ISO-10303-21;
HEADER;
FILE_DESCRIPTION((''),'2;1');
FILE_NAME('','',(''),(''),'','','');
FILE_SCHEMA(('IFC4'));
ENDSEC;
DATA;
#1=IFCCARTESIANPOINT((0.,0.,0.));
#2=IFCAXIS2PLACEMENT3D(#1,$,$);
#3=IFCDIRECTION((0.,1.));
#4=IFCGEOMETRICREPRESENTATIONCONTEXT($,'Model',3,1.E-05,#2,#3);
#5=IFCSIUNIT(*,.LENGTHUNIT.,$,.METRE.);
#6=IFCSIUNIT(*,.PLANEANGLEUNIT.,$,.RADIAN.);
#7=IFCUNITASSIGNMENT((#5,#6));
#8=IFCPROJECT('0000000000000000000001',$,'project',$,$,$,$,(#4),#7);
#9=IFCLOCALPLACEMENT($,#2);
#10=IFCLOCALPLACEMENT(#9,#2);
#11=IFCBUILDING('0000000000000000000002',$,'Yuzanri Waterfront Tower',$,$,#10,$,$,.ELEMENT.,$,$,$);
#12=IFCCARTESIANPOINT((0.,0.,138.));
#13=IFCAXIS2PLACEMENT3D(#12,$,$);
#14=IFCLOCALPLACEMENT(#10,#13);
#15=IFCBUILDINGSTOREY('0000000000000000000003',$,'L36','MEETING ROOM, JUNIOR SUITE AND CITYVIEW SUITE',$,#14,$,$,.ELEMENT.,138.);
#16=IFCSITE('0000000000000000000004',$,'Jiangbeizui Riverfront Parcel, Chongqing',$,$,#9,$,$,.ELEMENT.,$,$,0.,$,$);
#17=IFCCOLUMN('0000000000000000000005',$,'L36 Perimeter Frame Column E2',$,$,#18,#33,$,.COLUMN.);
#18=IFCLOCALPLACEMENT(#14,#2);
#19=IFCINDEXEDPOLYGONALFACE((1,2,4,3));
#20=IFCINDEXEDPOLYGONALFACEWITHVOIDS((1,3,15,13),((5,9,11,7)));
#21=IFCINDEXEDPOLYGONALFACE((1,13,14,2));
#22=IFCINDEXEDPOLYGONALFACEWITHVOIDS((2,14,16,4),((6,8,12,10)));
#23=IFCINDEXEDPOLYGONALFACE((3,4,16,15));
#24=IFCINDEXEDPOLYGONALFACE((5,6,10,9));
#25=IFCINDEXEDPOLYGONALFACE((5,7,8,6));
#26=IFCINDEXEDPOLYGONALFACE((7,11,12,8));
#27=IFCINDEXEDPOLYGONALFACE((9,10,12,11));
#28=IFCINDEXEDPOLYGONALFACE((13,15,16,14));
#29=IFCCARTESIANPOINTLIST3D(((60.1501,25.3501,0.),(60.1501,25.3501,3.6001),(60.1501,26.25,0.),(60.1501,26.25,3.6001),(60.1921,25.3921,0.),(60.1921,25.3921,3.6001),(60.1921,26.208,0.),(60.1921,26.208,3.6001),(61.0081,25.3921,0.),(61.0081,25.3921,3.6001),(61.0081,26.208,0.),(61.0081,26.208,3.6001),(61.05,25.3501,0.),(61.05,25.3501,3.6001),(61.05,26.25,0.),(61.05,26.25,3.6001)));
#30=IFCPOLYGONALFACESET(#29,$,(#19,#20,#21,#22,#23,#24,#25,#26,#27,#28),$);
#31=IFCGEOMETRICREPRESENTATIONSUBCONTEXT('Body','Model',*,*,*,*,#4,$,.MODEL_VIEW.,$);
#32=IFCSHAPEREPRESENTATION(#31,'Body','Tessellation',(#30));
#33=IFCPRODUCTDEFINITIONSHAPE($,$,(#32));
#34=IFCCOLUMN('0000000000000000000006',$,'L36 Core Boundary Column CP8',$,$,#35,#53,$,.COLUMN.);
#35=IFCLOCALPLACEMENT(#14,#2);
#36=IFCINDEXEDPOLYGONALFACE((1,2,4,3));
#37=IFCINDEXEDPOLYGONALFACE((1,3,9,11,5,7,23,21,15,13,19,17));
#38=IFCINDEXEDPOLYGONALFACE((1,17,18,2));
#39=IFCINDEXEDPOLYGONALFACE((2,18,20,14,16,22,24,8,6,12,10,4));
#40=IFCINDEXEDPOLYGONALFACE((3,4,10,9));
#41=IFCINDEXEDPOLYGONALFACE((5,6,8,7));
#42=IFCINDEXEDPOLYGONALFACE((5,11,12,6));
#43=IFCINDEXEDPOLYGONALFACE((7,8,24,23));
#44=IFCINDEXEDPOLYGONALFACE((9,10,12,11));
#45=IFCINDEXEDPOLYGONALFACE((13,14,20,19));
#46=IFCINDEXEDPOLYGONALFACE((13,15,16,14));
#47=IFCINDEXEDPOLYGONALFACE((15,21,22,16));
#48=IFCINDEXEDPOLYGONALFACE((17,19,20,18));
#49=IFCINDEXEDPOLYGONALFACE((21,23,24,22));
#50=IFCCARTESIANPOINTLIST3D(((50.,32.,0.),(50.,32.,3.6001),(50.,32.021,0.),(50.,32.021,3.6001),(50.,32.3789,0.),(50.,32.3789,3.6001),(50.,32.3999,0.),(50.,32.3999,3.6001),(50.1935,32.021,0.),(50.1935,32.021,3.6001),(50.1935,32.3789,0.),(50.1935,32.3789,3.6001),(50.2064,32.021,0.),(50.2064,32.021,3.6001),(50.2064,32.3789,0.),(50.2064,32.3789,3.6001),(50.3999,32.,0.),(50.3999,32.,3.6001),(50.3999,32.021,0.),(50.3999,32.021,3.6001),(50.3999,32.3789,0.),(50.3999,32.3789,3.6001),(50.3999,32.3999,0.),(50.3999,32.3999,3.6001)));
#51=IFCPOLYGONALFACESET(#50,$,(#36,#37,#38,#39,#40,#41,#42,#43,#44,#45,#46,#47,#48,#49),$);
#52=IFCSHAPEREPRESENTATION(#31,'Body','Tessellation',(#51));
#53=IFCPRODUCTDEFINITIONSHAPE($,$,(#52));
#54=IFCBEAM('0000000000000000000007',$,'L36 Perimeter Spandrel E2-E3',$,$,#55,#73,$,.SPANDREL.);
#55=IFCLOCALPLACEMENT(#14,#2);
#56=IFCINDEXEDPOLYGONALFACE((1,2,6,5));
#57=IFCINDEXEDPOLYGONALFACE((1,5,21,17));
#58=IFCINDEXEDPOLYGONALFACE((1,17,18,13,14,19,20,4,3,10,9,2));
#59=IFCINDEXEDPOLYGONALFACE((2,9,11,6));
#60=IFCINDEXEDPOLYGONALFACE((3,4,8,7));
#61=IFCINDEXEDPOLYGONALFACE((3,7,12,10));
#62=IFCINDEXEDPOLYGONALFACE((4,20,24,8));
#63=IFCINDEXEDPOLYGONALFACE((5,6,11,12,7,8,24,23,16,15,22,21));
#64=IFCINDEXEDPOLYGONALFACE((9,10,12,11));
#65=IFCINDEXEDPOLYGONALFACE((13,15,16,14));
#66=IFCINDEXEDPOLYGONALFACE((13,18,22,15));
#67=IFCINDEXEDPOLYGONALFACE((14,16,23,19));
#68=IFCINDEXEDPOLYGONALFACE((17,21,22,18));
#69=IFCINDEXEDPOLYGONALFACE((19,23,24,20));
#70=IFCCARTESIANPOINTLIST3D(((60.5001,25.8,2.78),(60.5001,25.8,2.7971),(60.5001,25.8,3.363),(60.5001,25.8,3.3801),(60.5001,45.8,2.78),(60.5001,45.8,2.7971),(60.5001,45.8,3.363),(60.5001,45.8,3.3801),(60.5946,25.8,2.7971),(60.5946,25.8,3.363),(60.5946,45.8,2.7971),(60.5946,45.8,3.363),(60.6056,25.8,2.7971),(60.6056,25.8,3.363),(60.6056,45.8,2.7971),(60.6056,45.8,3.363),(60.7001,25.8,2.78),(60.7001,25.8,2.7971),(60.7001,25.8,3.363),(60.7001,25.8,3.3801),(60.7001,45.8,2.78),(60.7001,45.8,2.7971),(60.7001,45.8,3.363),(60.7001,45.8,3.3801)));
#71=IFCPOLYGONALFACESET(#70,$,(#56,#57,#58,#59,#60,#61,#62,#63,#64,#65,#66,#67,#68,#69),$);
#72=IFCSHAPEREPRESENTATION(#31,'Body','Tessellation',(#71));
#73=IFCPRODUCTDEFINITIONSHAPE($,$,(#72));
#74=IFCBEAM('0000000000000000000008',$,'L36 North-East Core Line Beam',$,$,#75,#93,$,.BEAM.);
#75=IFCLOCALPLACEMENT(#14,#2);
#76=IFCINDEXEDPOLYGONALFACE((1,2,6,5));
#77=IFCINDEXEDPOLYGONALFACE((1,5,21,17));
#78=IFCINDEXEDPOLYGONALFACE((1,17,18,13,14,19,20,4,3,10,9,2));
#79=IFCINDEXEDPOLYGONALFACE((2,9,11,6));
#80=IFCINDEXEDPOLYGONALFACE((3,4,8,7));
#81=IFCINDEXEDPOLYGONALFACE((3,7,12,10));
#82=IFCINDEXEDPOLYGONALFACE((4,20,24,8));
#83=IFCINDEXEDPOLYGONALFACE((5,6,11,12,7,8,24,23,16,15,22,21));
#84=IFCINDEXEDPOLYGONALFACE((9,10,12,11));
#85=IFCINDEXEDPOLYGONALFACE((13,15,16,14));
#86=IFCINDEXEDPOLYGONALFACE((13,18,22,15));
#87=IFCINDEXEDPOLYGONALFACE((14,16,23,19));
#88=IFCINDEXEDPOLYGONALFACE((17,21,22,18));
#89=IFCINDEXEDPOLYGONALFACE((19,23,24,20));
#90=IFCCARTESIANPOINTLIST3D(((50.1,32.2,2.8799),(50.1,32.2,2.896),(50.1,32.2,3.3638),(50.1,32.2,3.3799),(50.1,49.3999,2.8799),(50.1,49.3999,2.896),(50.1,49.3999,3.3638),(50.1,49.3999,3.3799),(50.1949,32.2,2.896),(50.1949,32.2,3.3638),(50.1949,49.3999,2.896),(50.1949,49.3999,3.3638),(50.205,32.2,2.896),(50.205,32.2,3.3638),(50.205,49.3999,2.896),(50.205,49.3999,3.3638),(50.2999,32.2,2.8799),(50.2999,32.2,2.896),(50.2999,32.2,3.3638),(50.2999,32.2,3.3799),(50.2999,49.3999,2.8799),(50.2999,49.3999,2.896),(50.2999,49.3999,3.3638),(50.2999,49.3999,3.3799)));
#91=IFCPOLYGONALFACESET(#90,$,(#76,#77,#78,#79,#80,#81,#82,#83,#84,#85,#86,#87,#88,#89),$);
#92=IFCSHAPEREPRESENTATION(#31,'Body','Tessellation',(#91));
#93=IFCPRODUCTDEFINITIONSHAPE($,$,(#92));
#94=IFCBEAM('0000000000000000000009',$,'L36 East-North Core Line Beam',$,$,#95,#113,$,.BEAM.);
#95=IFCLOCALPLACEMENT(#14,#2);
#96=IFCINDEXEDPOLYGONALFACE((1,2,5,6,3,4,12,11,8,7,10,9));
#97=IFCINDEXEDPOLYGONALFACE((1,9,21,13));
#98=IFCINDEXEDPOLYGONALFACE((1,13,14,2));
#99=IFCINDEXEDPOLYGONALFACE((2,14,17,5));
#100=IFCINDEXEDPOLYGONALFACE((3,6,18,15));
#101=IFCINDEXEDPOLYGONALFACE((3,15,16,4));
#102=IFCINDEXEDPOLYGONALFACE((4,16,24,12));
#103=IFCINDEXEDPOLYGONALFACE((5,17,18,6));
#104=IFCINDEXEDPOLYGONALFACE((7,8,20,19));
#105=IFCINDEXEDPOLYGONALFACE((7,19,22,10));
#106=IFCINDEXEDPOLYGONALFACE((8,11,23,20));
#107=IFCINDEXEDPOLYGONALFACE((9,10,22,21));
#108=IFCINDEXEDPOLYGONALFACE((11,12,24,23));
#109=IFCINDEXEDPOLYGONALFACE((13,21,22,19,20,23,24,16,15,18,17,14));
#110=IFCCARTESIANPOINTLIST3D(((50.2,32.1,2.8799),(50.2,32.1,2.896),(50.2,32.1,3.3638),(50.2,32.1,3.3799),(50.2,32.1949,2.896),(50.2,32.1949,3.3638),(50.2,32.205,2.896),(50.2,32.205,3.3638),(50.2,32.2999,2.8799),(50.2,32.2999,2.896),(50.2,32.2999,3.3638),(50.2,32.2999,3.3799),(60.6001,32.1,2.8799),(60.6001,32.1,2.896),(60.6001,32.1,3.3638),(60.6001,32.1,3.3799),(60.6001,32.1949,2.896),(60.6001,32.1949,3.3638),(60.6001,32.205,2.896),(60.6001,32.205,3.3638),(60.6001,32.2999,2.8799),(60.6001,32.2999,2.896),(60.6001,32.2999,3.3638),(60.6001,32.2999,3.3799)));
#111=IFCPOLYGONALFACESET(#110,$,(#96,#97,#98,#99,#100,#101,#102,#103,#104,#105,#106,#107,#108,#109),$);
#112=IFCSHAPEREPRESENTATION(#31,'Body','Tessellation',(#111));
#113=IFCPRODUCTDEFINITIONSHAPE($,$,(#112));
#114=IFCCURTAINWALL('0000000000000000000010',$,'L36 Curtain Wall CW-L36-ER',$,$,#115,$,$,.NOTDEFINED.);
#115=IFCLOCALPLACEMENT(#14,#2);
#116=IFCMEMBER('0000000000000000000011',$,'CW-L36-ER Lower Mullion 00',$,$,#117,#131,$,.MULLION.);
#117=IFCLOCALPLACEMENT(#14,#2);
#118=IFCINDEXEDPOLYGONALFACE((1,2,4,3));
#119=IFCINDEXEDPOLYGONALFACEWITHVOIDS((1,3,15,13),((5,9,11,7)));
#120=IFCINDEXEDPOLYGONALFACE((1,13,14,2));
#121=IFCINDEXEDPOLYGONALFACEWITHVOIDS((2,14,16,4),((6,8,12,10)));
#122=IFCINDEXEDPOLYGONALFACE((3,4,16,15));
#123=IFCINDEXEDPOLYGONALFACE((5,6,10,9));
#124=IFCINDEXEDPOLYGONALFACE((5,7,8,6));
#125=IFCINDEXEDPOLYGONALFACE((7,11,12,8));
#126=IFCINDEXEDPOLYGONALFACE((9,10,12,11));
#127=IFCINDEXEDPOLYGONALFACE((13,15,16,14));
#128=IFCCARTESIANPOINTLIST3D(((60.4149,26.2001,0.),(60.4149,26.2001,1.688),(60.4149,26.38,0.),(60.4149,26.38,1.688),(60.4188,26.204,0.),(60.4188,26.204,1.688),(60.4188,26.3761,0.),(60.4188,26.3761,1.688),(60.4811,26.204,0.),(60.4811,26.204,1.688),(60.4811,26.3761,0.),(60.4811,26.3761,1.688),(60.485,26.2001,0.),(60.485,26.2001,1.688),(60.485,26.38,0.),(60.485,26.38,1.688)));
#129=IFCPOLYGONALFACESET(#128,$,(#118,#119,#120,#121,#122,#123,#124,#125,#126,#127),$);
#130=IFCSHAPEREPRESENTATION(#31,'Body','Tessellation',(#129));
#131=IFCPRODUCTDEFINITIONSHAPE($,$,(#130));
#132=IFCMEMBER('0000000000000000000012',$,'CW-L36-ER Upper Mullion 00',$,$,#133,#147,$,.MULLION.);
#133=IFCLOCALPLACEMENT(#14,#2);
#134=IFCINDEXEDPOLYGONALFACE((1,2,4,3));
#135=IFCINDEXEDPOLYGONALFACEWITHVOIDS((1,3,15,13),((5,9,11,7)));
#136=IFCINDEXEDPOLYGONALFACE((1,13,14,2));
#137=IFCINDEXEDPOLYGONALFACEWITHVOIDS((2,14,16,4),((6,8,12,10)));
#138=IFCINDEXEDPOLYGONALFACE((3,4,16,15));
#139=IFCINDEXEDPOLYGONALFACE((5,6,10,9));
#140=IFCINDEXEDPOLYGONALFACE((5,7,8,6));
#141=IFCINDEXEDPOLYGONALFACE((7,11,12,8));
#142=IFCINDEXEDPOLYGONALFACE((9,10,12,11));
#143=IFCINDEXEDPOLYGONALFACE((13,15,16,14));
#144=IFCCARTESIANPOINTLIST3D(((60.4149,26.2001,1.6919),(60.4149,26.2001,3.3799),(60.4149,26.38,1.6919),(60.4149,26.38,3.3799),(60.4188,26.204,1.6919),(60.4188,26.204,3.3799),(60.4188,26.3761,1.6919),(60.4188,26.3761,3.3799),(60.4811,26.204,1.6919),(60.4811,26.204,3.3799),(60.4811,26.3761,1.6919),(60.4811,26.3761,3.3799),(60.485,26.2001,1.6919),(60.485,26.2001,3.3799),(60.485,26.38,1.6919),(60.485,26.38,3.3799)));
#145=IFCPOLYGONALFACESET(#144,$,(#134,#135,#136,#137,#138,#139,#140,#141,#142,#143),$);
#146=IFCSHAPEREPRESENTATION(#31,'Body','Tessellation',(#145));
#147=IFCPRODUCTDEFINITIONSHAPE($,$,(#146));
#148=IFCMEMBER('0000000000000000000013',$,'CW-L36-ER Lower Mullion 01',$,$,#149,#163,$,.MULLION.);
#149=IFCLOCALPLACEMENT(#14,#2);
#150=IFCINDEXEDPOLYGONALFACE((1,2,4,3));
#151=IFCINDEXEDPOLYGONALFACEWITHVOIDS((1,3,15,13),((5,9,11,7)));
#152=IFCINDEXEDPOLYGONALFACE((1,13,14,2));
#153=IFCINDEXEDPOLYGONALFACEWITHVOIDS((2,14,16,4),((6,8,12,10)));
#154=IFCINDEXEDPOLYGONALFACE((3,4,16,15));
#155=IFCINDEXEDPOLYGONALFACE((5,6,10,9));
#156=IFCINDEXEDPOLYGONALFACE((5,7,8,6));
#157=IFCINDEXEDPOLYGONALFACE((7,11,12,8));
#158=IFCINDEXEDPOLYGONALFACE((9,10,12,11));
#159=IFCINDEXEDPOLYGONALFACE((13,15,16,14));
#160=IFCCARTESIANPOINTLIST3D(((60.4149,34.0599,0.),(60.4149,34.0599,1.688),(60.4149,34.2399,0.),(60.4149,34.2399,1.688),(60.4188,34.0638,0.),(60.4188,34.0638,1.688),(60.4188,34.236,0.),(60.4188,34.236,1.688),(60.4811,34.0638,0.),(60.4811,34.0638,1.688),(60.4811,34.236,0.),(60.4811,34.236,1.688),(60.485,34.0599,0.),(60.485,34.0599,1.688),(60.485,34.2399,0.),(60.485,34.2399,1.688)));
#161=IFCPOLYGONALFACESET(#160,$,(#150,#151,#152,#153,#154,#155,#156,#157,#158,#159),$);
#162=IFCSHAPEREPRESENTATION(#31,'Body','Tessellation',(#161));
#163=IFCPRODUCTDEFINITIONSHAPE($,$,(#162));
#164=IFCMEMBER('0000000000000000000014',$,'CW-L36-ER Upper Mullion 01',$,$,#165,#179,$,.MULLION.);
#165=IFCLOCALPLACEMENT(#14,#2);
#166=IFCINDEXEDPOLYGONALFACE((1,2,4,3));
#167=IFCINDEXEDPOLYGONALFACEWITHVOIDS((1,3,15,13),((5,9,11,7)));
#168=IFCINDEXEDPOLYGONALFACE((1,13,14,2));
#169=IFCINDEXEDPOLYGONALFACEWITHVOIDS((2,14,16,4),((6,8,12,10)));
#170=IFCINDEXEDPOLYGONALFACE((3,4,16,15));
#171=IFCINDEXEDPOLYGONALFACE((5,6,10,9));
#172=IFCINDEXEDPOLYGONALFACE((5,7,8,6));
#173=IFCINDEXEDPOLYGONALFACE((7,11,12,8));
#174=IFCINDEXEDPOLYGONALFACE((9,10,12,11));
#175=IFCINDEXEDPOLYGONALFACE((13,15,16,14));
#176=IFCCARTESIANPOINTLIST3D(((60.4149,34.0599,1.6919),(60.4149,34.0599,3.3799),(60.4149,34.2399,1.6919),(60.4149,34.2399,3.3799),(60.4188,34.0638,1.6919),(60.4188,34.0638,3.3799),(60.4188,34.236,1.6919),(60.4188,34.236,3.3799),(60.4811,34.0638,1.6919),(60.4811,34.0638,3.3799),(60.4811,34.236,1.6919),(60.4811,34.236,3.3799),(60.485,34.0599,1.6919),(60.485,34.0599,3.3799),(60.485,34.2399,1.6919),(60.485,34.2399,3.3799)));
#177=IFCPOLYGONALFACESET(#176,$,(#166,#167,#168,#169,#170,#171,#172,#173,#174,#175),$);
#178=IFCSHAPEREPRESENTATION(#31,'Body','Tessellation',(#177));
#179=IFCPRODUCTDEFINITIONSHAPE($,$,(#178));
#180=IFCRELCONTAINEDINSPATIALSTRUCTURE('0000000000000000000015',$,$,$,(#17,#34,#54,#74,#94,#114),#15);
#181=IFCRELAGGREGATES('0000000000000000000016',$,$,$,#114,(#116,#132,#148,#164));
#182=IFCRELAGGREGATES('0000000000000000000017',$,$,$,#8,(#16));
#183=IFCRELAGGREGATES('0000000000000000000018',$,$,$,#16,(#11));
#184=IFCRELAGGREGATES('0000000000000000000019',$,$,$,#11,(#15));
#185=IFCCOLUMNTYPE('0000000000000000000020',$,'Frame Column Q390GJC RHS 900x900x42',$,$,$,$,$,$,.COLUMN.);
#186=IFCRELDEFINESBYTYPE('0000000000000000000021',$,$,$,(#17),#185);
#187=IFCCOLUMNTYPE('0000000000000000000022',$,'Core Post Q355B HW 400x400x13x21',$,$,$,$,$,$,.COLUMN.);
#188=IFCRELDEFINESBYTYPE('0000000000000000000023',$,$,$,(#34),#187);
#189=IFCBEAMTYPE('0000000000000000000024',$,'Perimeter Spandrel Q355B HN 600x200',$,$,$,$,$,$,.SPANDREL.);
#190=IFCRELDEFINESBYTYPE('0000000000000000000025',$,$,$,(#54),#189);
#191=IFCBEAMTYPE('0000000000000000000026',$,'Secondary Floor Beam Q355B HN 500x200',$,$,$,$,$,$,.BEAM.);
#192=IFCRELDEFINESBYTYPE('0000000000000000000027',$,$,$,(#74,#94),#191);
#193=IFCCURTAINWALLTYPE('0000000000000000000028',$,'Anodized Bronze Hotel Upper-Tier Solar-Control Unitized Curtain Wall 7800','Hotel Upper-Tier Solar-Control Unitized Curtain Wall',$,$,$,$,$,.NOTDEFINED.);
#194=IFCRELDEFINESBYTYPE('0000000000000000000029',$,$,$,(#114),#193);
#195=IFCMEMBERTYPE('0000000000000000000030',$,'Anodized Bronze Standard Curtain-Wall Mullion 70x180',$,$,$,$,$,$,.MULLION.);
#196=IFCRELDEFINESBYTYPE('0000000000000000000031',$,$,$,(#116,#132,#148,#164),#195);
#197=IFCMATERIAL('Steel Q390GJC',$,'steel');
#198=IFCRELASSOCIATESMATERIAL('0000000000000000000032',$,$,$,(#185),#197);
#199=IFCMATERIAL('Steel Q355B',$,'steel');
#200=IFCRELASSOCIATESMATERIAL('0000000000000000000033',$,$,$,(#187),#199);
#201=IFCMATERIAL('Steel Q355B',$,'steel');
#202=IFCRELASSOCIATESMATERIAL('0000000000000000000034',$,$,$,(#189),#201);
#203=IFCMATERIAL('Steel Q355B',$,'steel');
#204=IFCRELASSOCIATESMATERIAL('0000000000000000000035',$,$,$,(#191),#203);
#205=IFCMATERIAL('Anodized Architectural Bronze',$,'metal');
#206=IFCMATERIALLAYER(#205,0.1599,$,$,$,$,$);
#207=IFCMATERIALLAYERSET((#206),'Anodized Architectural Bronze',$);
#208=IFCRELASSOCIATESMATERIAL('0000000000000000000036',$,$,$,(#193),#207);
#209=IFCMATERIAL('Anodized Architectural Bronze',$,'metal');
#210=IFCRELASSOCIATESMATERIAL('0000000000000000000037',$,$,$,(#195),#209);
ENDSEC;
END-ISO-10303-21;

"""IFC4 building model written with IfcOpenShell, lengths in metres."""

from ifc_helpers import new_model, si_unit, direction, frame, origin, origin_2d, place, context, subcontext, project, spatial, hollow_rectangle, i_section, extrude, source, transform, mapped, material, layer, layer_set, material_profile, profile_set, type_object, element, aggregate, save


model = new_model("IFC4")

# Units and contexts
model_context = context("Model", 3, precision=1e-05, world=origin(), true_north=direction((0.0, 1.0)))
body_context = subcontext(model_context, "Body", "Model", "MODEL_VIEW")
ifc_project = project(units=[si_unit("LENGTHUNIT", "METRE"), si_unit("PLANEANGLEUNIT", "RADIAN")], contexts=[model_context])

# Site, building, storey
site_placement = place(None, origin())
site = spatial("IfcSite", under=ifc_project, at=site_placement, Name="Jiangbeizui Riverfront Parcel, Chongqing", CompositionType="ELEMENT", RefElevation=0.0)
building_placement = place(site_placement, origin())
building = spatial("IfcBuilding", under=site, at=building_placement, Name="Yuzanri Waterfront Tower", CompositionType="ELEMENT")
storey_placement = place(building_placement, frame((0.0, 0.0, 138.0)))
storey = spatial("IfcBuildingStorey", under=building, at=storey_placement, Name="L36", Description="MEETING ROOM, JUNIOR SUITE AND CITYVIEW SUITE", CompositionType="ELEMENT", Elevation=138.0)

# Columns
ifc_material_1 = material(Name="Steel Q390GJC", Category="steel")
ifc_material_profile_1 = material_profile(ifc_material_1, hollow_rectangle(XDim=0.8999, YDim=0.8999, WallThickness=0.042, at=origin_2d()), Name="RHS 900x900x42")
ifc_profile_set_1 = profile_set([ifc_material_profile_1], Name="Steel Q390GJC")
column_type_1 = type_object("IfcColumnType", Name="Frame Column Q390GJC RHS 900x900x42", PredefinedType="COLUMN", material=ifc_profile_set_1)
shared_shape_1 = source(origin(), body_context, "Body", "SweptSolid", [
    extrude(hollow_rectangle(XDim=0.8999, YDim=0.8999, WallThickness=0.042, at=origin_2d()), origin(), (0.0, 0.0, 1.0), 3.6001),
])
column_1_placement = place(storey_placement, frame((60.6001, 25.8, 0.0), z_axis=(0.0, 0.0, 1.0), x_axis=(1.0, 0.0, 0.0)))
element("IfcColumn", 1, at=column_1_placement, inside=storey, type_object=column_type_1, Name="L36 Perimeter Frame Column E2", PredefinedType="COLUMN", context=body_context, shape_type="MappedRepresentation", body=[
    mapped(shared_shape_1, transform((0.0, 0.0, 0.0), scale=1.0)),
])
ifc_material_2 = material(Name="Steel Q355B", Category="steel")
ifc_material_profile_2 = material_profile(ifc_material_2, i_section(OverallWidth=0.3999, OverallDepth=0.3999, WebThickness=0.0129, FlangeThickness=0.021, at=origin_2d()), Name="HW 400x400x13x21")
ifc_profile_set_2 = profile_set([ifc_material_profile_2], Name="Steel Q355B")
column_type_2 = type_object("IfcColumnType", Name="Core Post Q355B HW 400x400x13x21", PredefinedType="COLUMN", material=ifc_profile_set_2)
shared_shape_2 = source(origin(), body_context, "Body", "SweptSolid", [
    extrude(i_section(OverallWidth=0.3999, OverallDepth=0.3999, WebThickness=0.0129, FlangeThickness=0.021, at=origin_2d()), origin(), (0.0, 0.0, 1.0), 3.6001),
])
column_2_placement = place(storey_placement, frame((50.2, 32.2, 0.0), z_axis=(0.0, 0.0, 1.0), x_axis=(1.0, 0.0, 0.0)))
element("IfcColumn", 2, at=column_2_placement, inside=storey, type_object=column_type_2, Name="L36 Core Boundary Column CP8", PredefinedType="COLUMN", context=body_context, shape_type="MappedRepresentation", body=[
    mapped(shared_shape_2, transform((0.0, 0.0, 0.0), scale=1.0)),
])

# Beams
ifc_material_3 = material(Name="Steel Q355B", Category="steel")
ifc_material_profile_3 = material_profile(ifc_material_3, i_section(OverallWidth=0.2, OverallDepth=0.6001, WebThickness=0.011, FlangeThickness=0.0171, at=origin_2d()), Name="HN 600x200x11x17")
ifc_profile_set_3 = profile_set([ifc_material_profile_3], Name="Steel Q355B")
beam_type_1 = type_object("IfcBeamType", Name="Perimeter Spandrel Q355B HN 600x200", PredefinedType="SPANDREL", material=ifc_profile_set_3)
shared_shape_3 = source(origin(), body_context, "Body", "SweptSolid", [
    extrude(i_section(OverallWidth=0.2, OverallDepth=0.6001, WebThickness=0.011, FlangeThickness=0.0171, at=origin_2d()), origin(), (0.0, 0.0, 1.0), 20.0),
])
beam_1_placement = place(storey_placement, frame((60.6001, 25.8, 3.0801), z_axis=(0.0, 1.0, 0.0), x_axis=(-1.0, 0.0, 0.0)))
element("IfcBeam", 3, at=beam_1_placement, inside=storey, type_object=beam_type_1, Name="L36 Perimeter Spandrel E2-E3", PredefinedType="SPANDREL", context=body_context, shape_type="MappedRepresentation", body=[
    mapped(shared_shape_3, transform((0.0, 0.0, 0.0), scale=1.0)),
])
ifc_material_4 = material(Name="Steel Q355B", Category="steel")
ifc_material_profile_4 = material_profile(ifc_material_4, i_section(OverallWidth=0.2, OverallDepth=0.5, WebThickness=0.01, FlangeThickness=0.0161, at=origin_2d()), Name="HN 500x200x10x16")
ifc_profile_set_4 = profile_set([ifc_material_profile_4], Name="Steel Q355B")
beam_type_2 = type_object("IfcBeamType", Name="Secondary Floor Beam Q355B HN 500x200", PredefinedType="BEAM", material=ifc_profile_set_4)
shared_shape_4 = source(origin(), body_context, "Body", "SweptSolid", [
    extrude(i_section(OverallWidth=0.2, OverallDepth=0.5, WebThickness=0.01, FlangeThickness=0.0161, at=origin_2d()), origin(), (0.0, 0.0, 1.0), 17.2),
])
beam_2_placement = place(storey_placement, frame((50.2, 32.2, 3.1299), z_axis=(0.0, 1.0, 0.0), x_axis=(-1.0, 0.0, 0.0)))
element("IfcBeam", 4, at=beam_2_placement, inside=storey, type_object=beam_type_2, Name="L36 North-East Core Line Beam", PredefinedType="BEAM", context=body_context, shape_type="MappedRepresentation", body=[
    mapped(shared_shape_4, transform((0.0, 0.0, 0.0), scale=1.0)),
])
shared_shape_5 = source(origin(), body_context, "Body", "SweptSolid", [
    extrude(i_section(OverallWidth=0.2, OverallDepth=0.5, WebThickness=0.01, FlangeThickness=0.0161, at=origin_2d()), origin(), (0.0, 0.0, 1.0), 10.4001),
])
beam_3_placement = place(storey_placement, frame((50.2, 32.2, 3.1299), z_axis=(1.0, 0.0, 0.0), x_axis=(0.0, 1.0, 0.0)))
element("IfcBeam", 5, at=beam_3_placement, inside=storey, type_object=beam_type_2, Name="L36 East-North Core Line Beam", PredefinedType="BEAM", context=body_context, shape_type="MappedRepresentation", body=[
    mapped(shared_shape_5, transform((0.0, 0.0, 0.0), scale=1.0)),
])

# Curtain wall, members
ifc_material_5 = material(Name="Anodized Architectural Bronze", Category="metal")
ifc_layer_1 = layer(ifc_material_5, 0.1599)
ifc_layer_set_1 = layer_set([ifc_layer_1], Name="Anodized Architectural Bronze")
curtain_wall_type = type_object("IfcCurtainWallType", Name="Anodized Bronze Hotel Upper-Tier Solar-Control Unitized Curtain Wall 7800", Description="Hotel Upper-Tier Solar-Control Unitized Curtain Wall", PredefinedType="NOTDEFINED", material=ifc_layer_set_1)
curtain_wall_placement = place(storey_placement, origin())
curtain_wall = element("IfcCurtainWall", 6, at=curtain_wall_placement, inside=storey, type_object=curtain_wall_type, Name="L36 Curtain Wall CW-L36-ER", PredefinedType="NOTDEFINED")
ifc_material_6 = material(Name="Anodized Architectural Bronze", Category="metal")
ifc_material_profile_5 = material_profile(ifc_material_6, hollow_rectangle(XDim=0.0701, YDim=0.1799, WallThickness=0.0039, at=origin_2d()), Name="CWM 70x180")
ifc_profile_set_5 = profile_set([ifc_material_profile_5], Name="Anodized Architectural Bronze")
member_type_1 = type_object("IfcMemberType", Name="Anodized Bronze Standard Curtain-Wall Mullion 70x180", PredefinedType="MULLION", material=ifc_profile_set_5)
shared_shape_6 = source(origin(), body_context, "Body", "SweptSolid", [
    extrude(hollow_rectangle(XDim=0.0701, YDim=0.1799, WallThickness=0.0039, at=origin_2d()), origin(), (0.0, 0.0, 1.0), 1.688),
])
member_1_placement = place(storey_placement, frame((60.45, 26.29, 0.0), z_axis=(0.0, 0.0, 1.0), x_axis=(1.0, 0.0, 0.0)))
member_1 = element("IfcMember", 7, at=member_1_placement, type_object=member_type_1, Name="CW-L36-ER Lower Mullion 00", PredefinedType="MULLION", context=body_context, shape_type="MappedRepresentation", body=[
    mapped(shared_shape_6, transform((0.0, 0.0, 0.0), scale=1.0)),
])
member_2_placement = place(storey_placement, frame((60.45, 26.29, 1.6919), z_axis=(0.0, 0.0, 1.0), x_axis=(1.0, 0.0, 0.0)))
member_2 = element("IfcMember", 8, at=member_2_placement, type_object=member_type_1, Name="CW-L36-ER Upper Mullion 00", PredefinedType="MULLION", context=body_context, shape_type="MappedRepresentation", body=[
    mapped(shared_shape_6, transform((0.0, 0.0, 0.0), scale=1.0)),
])
member_3_placement = place(storey_placement, frame((60.45, 34.1499, 0.0), z_axis=(0.0, 0.0, 1.0), x_axis=(1.0, 0.0, 0.0)))
member_3 = element("IfcMember", 9, at=member_3_placement, type_object=member_type_1, Name="CW-L36-ER Lower Mullion 01", PredefinedType="MULLION", context=body_context, shape_type="MappedRepresentation", body=[
    mapped(shared_shape_6, transform((0.0, 0.0, 0.0), scale=1.0)),
])
member_4_placement = place(storey_placement, frame((60.45, 34.1499, 1.6919), z_axis=(0.0, 0.0, 1.0), x_axis=(1.0, 0.0, 0.0)))
member_4 = element("IfcMember", 10, at=member_4_placement, type_object=member_type_1, Name="CW-L36-ER Upper Mullion 01", PredefinedType="MULLION", context=body_context, shape_type="MappedRepresentation", body=[
    mapped(shared_shape_6, transform((0.0, 0.0, 0.0), scale=1.0)),
])
aggregate(curtain_wall, [member_1, member_2, member_3, member_4])

save(model, "model.ifc")
